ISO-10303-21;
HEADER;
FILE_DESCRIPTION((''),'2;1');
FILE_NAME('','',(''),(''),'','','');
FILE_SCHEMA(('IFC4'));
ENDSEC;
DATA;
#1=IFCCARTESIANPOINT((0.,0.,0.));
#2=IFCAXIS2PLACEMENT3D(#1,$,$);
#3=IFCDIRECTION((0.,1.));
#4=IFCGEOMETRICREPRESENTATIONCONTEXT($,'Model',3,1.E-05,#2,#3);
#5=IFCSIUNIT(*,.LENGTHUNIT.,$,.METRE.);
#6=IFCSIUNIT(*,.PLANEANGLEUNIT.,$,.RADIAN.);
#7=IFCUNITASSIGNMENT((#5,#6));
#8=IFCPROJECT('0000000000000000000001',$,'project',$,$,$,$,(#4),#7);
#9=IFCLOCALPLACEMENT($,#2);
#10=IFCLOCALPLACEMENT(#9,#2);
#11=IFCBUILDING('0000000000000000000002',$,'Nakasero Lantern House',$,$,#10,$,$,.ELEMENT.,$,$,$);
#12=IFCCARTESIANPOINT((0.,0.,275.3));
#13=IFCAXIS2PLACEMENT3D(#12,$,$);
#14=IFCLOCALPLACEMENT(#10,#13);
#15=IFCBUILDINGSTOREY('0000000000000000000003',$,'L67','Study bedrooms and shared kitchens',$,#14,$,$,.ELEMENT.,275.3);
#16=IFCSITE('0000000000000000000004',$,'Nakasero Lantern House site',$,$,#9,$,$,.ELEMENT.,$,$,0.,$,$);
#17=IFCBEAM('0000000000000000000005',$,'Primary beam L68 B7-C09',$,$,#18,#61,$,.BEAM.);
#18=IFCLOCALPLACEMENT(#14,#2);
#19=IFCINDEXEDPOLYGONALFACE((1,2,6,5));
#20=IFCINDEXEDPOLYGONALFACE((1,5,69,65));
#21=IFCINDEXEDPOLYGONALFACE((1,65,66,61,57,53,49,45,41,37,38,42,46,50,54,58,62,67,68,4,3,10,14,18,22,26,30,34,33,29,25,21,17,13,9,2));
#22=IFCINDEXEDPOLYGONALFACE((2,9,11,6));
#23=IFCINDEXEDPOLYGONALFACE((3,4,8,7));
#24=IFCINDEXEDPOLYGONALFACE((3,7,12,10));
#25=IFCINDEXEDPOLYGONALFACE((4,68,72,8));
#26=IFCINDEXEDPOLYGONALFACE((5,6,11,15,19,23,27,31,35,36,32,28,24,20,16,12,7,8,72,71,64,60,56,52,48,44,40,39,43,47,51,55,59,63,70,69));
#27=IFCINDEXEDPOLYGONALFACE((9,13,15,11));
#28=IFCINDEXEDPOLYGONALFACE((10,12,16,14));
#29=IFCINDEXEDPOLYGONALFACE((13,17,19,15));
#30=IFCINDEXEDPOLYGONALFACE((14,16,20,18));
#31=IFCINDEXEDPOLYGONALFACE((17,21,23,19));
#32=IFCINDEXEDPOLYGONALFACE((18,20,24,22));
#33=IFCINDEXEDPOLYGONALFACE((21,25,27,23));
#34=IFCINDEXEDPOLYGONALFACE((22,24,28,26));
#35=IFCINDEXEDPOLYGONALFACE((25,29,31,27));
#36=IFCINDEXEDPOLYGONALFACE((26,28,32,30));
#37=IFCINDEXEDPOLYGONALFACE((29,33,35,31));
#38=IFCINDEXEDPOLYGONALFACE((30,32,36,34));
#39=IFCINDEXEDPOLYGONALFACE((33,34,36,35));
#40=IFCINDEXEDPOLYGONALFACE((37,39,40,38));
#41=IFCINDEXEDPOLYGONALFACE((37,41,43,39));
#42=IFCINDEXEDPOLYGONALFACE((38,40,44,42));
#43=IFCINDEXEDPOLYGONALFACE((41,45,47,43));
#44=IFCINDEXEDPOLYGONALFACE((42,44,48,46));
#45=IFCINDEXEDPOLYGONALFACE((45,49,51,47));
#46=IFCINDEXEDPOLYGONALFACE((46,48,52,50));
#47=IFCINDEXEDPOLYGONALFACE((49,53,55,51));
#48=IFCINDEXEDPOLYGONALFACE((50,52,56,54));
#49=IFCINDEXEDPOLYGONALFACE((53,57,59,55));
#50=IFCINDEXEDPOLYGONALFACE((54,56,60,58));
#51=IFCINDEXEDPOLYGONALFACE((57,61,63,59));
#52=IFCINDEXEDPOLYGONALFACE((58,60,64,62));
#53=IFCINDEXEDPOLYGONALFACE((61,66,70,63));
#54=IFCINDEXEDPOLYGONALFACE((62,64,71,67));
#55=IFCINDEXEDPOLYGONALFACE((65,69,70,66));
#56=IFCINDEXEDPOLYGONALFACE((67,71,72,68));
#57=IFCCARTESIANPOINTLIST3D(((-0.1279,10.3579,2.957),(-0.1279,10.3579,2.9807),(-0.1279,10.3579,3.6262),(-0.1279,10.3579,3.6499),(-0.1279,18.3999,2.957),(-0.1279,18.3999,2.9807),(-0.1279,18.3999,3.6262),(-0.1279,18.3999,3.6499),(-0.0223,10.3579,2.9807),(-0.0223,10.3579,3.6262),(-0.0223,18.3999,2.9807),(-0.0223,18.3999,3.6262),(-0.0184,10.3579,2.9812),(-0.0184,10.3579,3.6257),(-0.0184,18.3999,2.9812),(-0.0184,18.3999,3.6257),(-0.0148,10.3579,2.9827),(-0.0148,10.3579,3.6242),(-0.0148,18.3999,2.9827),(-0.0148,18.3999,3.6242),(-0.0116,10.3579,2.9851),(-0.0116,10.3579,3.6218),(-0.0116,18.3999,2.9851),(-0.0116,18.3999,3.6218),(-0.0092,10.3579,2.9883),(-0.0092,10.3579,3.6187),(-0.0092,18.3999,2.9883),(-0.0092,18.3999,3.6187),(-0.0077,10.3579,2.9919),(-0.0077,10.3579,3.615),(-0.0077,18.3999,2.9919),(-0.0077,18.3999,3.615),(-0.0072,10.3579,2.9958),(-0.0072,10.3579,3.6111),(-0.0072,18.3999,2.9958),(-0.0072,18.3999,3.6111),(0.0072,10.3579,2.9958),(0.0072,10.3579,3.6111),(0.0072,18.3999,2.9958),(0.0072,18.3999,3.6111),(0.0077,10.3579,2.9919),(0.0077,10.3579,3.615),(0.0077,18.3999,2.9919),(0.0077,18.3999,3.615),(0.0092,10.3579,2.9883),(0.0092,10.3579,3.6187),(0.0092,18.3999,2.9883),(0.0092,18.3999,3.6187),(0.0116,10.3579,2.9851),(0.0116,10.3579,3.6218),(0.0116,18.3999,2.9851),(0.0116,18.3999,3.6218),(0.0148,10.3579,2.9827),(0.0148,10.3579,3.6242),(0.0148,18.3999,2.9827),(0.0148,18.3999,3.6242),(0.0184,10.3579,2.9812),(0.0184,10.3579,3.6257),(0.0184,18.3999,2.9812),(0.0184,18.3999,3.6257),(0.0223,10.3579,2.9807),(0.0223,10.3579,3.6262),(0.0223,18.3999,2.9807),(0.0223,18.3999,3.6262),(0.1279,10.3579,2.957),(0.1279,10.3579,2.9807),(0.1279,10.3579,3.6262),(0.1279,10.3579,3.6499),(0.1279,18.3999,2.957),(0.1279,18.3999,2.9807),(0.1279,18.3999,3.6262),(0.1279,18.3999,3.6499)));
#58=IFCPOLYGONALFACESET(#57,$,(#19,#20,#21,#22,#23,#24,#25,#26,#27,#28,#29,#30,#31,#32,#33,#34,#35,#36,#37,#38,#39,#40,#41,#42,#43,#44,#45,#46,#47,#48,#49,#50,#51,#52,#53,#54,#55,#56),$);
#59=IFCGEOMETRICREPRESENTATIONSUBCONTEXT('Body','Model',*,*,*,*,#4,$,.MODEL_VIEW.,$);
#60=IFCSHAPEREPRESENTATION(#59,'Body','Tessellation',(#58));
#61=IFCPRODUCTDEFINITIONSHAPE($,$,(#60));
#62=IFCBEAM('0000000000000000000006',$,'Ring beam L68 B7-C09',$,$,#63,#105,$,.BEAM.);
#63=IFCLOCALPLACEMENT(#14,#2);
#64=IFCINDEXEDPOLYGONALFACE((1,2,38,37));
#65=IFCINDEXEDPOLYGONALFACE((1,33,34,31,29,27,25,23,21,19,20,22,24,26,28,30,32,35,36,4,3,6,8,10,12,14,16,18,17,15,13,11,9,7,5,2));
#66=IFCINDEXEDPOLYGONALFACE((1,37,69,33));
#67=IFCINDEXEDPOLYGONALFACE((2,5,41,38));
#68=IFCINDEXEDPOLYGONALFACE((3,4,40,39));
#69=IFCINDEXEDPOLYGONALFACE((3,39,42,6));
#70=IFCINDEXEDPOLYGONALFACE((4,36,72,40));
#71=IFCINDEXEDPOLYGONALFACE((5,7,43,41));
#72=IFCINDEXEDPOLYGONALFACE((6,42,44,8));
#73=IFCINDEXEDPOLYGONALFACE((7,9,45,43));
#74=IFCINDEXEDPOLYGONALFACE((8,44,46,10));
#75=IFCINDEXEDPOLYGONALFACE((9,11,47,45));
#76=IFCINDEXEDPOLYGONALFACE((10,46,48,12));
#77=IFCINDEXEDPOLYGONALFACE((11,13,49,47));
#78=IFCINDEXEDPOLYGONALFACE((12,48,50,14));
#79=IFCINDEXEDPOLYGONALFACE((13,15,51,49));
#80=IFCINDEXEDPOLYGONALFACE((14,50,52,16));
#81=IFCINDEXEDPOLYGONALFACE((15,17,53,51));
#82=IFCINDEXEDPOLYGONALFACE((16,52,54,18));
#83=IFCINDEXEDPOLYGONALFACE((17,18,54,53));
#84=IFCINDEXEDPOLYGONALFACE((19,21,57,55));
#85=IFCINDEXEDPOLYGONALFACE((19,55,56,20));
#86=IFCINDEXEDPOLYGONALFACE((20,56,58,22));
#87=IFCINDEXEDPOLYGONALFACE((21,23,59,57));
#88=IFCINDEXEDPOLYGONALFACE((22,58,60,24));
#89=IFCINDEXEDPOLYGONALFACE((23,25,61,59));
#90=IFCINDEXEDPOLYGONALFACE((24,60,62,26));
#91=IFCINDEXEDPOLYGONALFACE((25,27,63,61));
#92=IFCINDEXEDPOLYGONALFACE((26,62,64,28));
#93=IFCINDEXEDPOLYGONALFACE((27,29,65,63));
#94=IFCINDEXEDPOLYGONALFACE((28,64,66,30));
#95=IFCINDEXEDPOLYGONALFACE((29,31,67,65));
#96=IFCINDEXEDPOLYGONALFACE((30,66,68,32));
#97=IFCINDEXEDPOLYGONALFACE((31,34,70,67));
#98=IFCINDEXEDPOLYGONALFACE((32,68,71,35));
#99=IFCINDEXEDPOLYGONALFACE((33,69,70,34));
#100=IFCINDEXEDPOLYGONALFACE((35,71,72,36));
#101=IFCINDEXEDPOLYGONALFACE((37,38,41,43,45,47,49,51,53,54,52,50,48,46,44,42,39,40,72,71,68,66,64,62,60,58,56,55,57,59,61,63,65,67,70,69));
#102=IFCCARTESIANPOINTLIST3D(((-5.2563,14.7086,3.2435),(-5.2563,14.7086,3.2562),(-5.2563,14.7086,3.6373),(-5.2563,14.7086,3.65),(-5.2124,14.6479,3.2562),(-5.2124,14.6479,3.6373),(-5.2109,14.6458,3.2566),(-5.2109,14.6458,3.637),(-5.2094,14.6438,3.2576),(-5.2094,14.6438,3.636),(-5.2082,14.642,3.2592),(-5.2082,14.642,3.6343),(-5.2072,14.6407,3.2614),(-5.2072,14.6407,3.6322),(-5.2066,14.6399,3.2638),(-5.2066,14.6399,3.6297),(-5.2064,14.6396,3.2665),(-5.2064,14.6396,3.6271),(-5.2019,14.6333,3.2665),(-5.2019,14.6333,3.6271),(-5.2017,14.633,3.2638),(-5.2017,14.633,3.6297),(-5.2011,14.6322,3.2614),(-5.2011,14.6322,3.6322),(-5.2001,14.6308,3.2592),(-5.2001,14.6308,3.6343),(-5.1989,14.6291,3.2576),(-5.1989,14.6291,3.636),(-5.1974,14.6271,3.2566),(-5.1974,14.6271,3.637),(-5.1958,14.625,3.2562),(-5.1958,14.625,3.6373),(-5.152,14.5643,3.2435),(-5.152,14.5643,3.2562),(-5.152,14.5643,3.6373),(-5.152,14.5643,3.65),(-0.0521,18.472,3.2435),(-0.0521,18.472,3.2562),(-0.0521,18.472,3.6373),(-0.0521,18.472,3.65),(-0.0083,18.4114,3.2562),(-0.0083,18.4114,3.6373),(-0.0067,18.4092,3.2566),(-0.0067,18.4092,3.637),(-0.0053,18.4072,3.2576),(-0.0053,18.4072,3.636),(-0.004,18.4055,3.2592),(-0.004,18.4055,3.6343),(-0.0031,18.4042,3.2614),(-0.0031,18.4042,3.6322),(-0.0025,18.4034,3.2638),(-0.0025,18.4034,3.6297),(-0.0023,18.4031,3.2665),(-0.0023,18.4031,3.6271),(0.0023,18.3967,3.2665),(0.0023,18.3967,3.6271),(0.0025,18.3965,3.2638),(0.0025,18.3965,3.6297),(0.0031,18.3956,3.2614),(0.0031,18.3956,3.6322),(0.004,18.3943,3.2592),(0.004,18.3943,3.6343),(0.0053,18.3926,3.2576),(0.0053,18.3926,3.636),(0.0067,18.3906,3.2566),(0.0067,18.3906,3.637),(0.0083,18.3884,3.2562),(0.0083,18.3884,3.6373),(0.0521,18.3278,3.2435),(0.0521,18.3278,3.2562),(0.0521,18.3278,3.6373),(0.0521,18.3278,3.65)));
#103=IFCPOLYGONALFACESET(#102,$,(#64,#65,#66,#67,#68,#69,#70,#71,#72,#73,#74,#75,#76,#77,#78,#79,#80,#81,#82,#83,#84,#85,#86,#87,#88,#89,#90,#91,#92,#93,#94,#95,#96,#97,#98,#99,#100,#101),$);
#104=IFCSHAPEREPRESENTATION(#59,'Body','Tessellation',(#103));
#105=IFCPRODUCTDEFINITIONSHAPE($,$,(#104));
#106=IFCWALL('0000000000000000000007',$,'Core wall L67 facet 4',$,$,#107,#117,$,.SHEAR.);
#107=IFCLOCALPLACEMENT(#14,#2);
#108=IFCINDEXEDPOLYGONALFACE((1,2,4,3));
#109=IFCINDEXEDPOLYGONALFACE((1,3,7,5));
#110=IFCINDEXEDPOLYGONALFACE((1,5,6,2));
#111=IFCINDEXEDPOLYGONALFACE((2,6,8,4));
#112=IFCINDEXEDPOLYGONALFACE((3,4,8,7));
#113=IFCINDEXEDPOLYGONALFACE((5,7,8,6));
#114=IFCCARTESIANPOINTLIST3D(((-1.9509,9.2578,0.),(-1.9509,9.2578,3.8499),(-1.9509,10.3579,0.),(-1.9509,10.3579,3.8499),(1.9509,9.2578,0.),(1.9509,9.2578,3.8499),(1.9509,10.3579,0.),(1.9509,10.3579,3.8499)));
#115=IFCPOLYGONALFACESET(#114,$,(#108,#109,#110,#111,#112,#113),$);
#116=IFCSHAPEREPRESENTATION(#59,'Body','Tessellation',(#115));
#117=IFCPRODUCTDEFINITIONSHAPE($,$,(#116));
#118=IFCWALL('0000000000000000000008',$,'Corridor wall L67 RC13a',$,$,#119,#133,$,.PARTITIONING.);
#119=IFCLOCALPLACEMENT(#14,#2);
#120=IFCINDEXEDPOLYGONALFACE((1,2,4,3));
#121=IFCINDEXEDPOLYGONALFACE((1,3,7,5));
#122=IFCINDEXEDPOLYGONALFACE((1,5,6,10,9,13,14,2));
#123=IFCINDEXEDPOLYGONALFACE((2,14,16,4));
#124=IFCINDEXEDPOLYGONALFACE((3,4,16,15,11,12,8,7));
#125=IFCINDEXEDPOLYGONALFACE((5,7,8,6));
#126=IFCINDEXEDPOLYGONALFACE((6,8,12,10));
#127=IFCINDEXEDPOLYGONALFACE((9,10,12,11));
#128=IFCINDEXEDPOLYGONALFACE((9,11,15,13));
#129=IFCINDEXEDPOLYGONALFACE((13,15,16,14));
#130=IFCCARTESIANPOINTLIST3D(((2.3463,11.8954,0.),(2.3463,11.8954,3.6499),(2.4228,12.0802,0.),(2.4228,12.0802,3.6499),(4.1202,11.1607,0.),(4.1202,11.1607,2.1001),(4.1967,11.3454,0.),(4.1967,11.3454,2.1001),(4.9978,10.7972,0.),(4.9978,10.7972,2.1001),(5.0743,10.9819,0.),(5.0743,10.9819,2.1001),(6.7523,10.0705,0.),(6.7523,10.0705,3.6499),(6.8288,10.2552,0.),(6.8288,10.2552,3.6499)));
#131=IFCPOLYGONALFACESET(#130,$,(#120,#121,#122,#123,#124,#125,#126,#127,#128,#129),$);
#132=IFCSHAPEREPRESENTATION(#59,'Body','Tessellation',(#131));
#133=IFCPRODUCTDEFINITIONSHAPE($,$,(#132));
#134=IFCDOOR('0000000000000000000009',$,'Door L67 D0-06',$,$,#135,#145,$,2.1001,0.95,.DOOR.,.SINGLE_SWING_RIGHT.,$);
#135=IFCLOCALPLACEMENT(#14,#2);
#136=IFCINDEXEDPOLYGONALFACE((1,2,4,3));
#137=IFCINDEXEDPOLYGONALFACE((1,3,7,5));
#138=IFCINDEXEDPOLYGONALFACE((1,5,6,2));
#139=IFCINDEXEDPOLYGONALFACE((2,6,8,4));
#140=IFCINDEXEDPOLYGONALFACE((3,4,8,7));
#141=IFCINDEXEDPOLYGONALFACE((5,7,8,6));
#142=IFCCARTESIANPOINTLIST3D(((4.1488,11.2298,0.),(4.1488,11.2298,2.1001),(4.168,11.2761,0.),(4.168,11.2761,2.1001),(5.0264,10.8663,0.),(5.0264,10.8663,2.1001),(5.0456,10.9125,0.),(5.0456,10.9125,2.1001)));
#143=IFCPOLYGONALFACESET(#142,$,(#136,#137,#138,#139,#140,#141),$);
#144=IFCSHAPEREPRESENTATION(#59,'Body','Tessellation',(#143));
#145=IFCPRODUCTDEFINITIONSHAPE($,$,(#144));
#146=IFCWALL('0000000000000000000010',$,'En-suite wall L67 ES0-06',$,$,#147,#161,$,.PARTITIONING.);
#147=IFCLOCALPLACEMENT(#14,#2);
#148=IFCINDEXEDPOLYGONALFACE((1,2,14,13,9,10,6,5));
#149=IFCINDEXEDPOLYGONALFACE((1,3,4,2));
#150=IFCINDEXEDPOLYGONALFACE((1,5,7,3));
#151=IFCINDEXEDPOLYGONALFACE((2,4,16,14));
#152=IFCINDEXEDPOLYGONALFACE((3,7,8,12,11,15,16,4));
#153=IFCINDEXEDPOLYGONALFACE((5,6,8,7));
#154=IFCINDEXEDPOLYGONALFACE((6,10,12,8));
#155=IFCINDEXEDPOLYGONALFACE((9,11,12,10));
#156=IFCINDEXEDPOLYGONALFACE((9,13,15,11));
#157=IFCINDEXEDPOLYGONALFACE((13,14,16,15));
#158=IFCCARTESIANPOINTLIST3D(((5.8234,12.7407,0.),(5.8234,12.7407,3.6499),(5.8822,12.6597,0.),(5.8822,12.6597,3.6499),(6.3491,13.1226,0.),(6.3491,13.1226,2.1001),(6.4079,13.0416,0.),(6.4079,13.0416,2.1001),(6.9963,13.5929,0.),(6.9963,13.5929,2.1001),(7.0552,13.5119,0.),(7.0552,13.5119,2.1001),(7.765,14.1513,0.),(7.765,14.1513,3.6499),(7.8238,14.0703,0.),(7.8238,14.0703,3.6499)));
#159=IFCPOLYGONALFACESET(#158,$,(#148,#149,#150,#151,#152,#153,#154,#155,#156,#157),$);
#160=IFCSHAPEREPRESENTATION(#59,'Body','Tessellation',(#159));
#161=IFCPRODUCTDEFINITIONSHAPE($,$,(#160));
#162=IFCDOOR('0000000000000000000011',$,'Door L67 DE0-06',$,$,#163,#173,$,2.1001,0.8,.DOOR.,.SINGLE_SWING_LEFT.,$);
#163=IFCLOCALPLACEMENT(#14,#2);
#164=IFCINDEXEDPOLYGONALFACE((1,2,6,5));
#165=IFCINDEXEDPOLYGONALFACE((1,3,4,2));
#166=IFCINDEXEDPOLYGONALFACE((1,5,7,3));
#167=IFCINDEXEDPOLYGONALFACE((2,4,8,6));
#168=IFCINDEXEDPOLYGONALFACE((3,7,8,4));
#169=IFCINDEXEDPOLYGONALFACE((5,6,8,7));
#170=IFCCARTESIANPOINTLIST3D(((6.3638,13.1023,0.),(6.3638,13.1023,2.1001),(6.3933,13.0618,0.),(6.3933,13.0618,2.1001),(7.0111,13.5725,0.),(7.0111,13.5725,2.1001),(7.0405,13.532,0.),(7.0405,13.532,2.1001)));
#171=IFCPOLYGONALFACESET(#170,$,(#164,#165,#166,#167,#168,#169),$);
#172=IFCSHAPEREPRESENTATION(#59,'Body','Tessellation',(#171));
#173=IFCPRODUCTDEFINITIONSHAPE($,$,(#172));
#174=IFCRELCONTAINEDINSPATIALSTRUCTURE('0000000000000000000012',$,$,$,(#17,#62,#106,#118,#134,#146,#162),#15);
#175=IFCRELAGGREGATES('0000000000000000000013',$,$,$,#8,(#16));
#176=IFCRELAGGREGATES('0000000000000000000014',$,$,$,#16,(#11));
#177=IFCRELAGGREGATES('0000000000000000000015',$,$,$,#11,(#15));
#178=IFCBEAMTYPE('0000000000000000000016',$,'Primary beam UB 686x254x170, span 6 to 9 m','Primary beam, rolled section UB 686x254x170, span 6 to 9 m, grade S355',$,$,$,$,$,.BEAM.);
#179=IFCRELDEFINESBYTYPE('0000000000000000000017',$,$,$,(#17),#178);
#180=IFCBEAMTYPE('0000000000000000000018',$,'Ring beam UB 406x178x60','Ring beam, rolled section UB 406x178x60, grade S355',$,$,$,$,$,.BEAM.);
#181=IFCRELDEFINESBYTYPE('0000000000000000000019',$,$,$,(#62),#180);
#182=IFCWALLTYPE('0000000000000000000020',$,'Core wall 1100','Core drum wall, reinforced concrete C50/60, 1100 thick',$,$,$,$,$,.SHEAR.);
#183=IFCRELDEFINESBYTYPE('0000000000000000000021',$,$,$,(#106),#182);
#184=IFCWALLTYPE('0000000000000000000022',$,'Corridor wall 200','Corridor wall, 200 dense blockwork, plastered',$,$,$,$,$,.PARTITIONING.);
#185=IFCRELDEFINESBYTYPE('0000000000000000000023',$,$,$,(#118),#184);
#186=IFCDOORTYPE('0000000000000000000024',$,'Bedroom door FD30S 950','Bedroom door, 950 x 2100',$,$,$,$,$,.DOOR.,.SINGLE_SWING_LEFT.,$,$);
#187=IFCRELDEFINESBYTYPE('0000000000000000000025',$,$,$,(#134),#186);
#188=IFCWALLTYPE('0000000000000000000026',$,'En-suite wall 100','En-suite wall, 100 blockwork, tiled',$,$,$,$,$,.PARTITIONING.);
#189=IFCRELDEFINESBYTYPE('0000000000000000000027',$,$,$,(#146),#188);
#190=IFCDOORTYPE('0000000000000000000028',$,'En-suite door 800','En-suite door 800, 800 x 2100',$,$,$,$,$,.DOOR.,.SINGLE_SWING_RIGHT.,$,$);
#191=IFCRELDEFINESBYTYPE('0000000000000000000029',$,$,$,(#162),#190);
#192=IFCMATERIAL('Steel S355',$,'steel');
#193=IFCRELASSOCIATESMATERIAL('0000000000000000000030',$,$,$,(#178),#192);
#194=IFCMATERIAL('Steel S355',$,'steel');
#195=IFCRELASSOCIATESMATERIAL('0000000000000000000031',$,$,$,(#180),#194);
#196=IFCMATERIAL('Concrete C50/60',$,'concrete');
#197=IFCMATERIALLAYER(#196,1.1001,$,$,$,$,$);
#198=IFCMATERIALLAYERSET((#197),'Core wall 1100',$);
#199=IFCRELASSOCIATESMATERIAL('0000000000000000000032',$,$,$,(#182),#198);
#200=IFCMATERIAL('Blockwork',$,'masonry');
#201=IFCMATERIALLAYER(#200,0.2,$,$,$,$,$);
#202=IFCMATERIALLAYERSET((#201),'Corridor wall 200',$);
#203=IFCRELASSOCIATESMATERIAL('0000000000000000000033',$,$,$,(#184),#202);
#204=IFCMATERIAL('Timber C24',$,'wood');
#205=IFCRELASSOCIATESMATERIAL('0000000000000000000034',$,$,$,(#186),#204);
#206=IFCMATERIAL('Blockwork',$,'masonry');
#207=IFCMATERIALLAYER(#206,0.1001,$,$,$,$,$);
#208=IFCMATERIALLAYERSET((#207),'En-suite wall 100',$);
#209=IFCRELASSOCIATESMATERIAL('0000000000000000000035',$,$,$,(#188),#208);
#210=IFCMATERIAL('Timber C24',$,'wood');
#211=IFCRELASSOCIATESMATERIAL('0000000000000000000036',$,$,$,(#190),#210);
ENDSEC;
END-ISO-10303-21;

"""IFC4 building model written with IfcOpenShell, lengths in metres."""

from ifc_helpers import new_model, si_unit, direction, frame, frame_2d, origin, origin_2d, place, context, subcontext, project, spatial, rectangle, i_section, extrude, material, layer, layer_set, material_profile, profile_set, type_object, element, fill, save


model = new_model("IFC4")

# Units and contexts
model_context = context("Model", 3, precision=1e-05, world=origin(), true_north=direction((0.0, 1.0)))
body_context = subcontext(model_context, "Body", "Model", "MODEL_VIEW")
ifc_project = project(units=[si_unit("LENGTHUNIT", "METRE"), si_unit("PLANEANGLEUNIT", "RADIAN")], contexts=[model_context])

# Site, building, storey
site_placement = place(None, origin())
site = spatial("IfcSite", under=ifc_project, at=site_placement, Name="Nakasero Lantern House site", CompositionType="ELEMENT", RefElevation=0.0)
building_placement = place(site_placement, origin())
building = spatial("IfcBuilding", under=site, at=building_placement, Name="Nakasero Lantern House", CompositionType="ELEMENT")
storey_placement = place(building_placement, frame((0.0, 0.0, 275.3)))
storey = spatial("IfcBuildingStorey", under=building, at=storey_placement, Name="L67", Description="Study bedrooms and shared kitchens", CompositionType="ELEMENT", Elevation=275.3)

# Beams
ifc_material_1 = material(Name="Steel S355", Category="steel")
ifc_material_profile_1 = material_profile(ifc_material_1, i_section(OverallWidth=0.2559, OverallDepth=0.6929, WebThickness=0.0144, FlangeThickness=0.0237, FilletRadius=0.0151, at=origin_2d()), Name="UB 686x254x170")
ifc_profile_set_1 = profile_set([ifc_material_profile_1], Name="Steel S355")
beam_type_1 = type_object("IfcBeamType", Name="Primary beam UB 686x254x170, span 6 to 9 m", Description="Primary beam, rolled section UB 686x254x170, span 6 to 9 m, grade S355", PredefinedType="BEAM", material=ifc_profile_set_1)
beam_1_placement = place(storey_placement, frame((0.0, 18.3999, 3.3035), z_axis=(0.0, -1.0, 0.0), x_axis=(1.0, 0.0, 0.0)))
element("IfcBeam", 1, at=beam_1_placement, inside=storey, type_object=beam_type_1, Name="Primary beam L68 B7-C09", PredefinedType="BEAM", context=body_context, shape_type="SweptSolid", body=[
    extrude(i_section(OverallWidth=0.2559, OverallDepth=0.6929, WebThickness=0.0144, FlangeThickness=0.0237, FilletRadius=0.0151, at=origin_2d()), origin(), (0.0, 0.0, 1.0), 8.042),
])
ifc_material_2 = material(Name="Steel S355", Category="steel")
ifc_material_profile_2 = material_profile(ifc_material_2, i_section(OverallWidth=0.178, OverallDepth=0.4065, WebThickness=0.0078, FlangeThickness=0.0127, FilletRadius=0.0103, at=origin_2d()), Name="UB 406x178x60")
ifc_profile_set_2 = profile_set([ifc_material_profile_2], Name="Steel S355")
beam_type_2 = type_object("IfcBeamType", Name="Ring beam UB 406x178x60", Description="Ring beam, rolled section UB 406x178x60, grade S355", PredefinedType="BEAM", material=ifc_profile_set_2)
beam_2_placement = place(storey_placement, frame((0.0, 18.3999, 3.4468), z_axis=(-0.810316, -0.585993, 0.0), x_axis=(0.585993, -0.810316, 0.0)))
element("IfcBeam", 2, at=beam_2_placement, inside=storey, type_object=beam_type_2, Name="Ring beam L68 B7-C09", PredefinedType="BEAM", context=body_context, shape_type="SweptSolid", body=[
    extrude(i_section(OverallWidth=0.178, OverallDepth=0.4065, WebThickness=0.0078, FlangeThickness=0.0127, FilletRadius=0.0103, at=origin_2d()), origin(), (0.0, 0.0, 1.0), 6.4224),
])

# Wall
ifc_material_3 = material(Name="Concrete C50/60", Category="concrete")
ifc_layer_1 = layer(ifc_material_3, 1.1001)
ifc_layer_set_1 = layer_set([ifc_layer_1], Name="Core wall 1100")
wall_type_1 = type_object("IfcWallType", Name="Core wall 1100", Description="Core drum wall, reinforced concrete C50/60, 1100 thick", PredefinedType="SHEAR", material=ifc_layer_set_1)
wall_1_placement = place(storey_placement, frame((1.9509, 9.8079, 0.0), z_axis=(0.0, 0.0, 1.0), x_axis=(-1.0, 0.0, 0.0)))
element("IfcWall", 3, at=wall_1_placement, inside=storey, type_object=wall_type_1, Name="Core wall L67 facet 4", PredefinedType="SHEAR", context=body_context, shape_type="SweptSolid", body=[
    extrude(rectangle(XDim=3.9019, YDim=1.1001, at=frame_2d((1.9509, 0.0))), origin(), (0.0, 0.0, 1.0), 3.8499),
])

# Walls, openings, doors
ifc_material_4 = material(Name="Blockwork", Category="masonry")
ifc_layer_2 = layer(ifc_material_4, 0.2)
ifc_layer_set_2 = layer_set([ifc_layer_2], Name="Corridor wall 200")
wall_type_2 = type_object("IfcWallType", Name="Corridor wall 200", Description="Corridor wall, 200 dense blockwork, plastered", PredefinedType="PARTITIONING", material=ifc_layer_set_2)
wall_2_placement = place(storey_placement, frame((2.3845, 11.9878, 0.0), z_axis=(0.0, 0.0, 1.0), x_axis=(0.923885, -0.38267, 0.0)))
wall_2 = element("IfcWall", 4, at=wall_2_placement, inside=storey, type_object=wall_type_2, Name="Corridor wall L67 RC13a", PredefinedType="PARTITIONING", context=body_context, shape_type="SweptSolid", body=[
    extrude(rectangle(XDim=4.769, YDim=0.2, at=frame_2d((2.3845, 0.0))), origin(), (0.0, 0.0, 1.0), 3.6499),
])
opening_1_placement = place(wall_2_placement, frame((1.9199, 0.0, 0.0)))
opening_1 = element("IfcOpeningElement", 5, at=opening_1_placement, cuts=wall_2, PredefinedType="OPENING", context=body_context, shape_type="SweptSolid", body=[
    extrude(rectangle(XDim=0.95, YDim=2.1001, at=frame_2d((0.4751, 1.05))), frame((0.0, 0.1199, 0.0), z_axis=(0.0, -1.0, 0.0), x_axis=(1.0, 0.0, 0.0)), (0.0, 0.0, 1.0), 0.24),
])
ifc_material_5 = material(Name="Timber C24", Category="wood")
door_type_1 = type_object("IfcDoorType", Name="Bedroom door FD30S 950", Description="Bedroom door, 950 x 2100", OperationType="SINGLE_SWING_LEFT", PredefinedType="DOOR", material=ifc_material_5)
door_1_placement = place(opening_1_placement, origin())
door_1 = element("IfcDoor", 6, at=door_1_placement, inside=storey, type_object=door_type_1, Name="Door L67 D0-06", OperationType="SINGLE_SWING_RIGHT", OverallHeight=2.1001, OverallWidth=0.95, PredefinedType="DOOR", context=body_context, shape_type="SweptSolid", body=[
    extrude(rectangle(XDim=0.95, YDim=2.1001, at=frame_2d((0.4751, 1.05))), frame((0.0, 0.0249, 0.0), z_axis=(0.0, -1.0, 0.0), x_axis=(1.0, 0.0, 0.0)), (0.0, 0.0, 1.0), 0.05),
])
fill(opening_1, door_1)
ifc_material_6 = material(Name="Blockwork", Category="masonry")
ifc_layer_3 = layer(ifc_material_6, 0.1001)
ifc_layer_set_3 = layer_set([ifc_layer_3], Name="En-suite wall 100")
wall_type_3 = type_object("IfcWallType", Name="En-suite wall 100", Description="En-suite wall, 100 blockwork, tiled", PredefinedType="PARTITIONING", material=ifc_layer_set_3)
wall_3_placement = place(storey_placement, frame((5.8528, 12.7002, 0.0), z_axis=(0.0, 0.0, 1.0), x_axis=(0.809026, 0.587772, 0.0)))
wall_3 = element("IfcWall", 7, at=wall_3_placement, inside=storey, type_object=wall_type_3, Name="En-suite wall L67 ES0-06", PredefinedType="PARTITIONING", context=body_context, shape_type="SweptSolid", body=[
    extrude(rectangle(XDim=2.3999, YDim=0.1001, at=frame_2d((1.2, 0.0))), origin(), (0.0, 0.0, 1.0), 3.6499),
])
opening_2_placement = place(wall_3_placement, frame((0.6499, 0.0, 0.0)))
opening_2 = element("IfcOpeningElement", 8, at=opening_2_placement, cuts=wall_3, PredefinedType="OPENING", context=body_context, shape_type="SweptSolid", body=[
    extrude(rectangle(XDim=0.8, YDim=2.1001, at=frame_2d((0.3999, 1.05))), frame((0.0, 0.0701, 0.0), z_axis=(0.0, -1.0, 0.0), x_axis=(1.0, 0.0, 0.0)), (0.0, 0.0, 1.0), 0.1401),
])
ifc_material_7 = material(Name="Timber C24", Category="wood")
door_type_2 = type_object("IfcDoorType", Name="En-suite door 800", Description="En-suite door 800, 800 x 2100", OperationType="SINGLE_SWING_RIGHT", PredefinedType="DOOR", material=ifc_material_7)
door_2_placement = place(opening_2_placement, origin())
door_2 = element("IfcDoor", 9, at=door_2_placement, inside=storey, type_object=door_type_2, Name="Door L67 DE0-06", OperationType="SINGLE_SWING_LEFT", OverallHeight=2.1001, OverallWidth=0.8, PredefinedType="DOOR", context=body_context, shape_type="SweptSolid", body=[
    extrude(rectangle(XDim=0.8, YDim=2.1001, at=frame_2d((0.3999, 1.05))), frame((0.0, 0.0249, 0.0), z_axis=(0.0, -1.0, 0.0), x_axis=(1.0, 0.0, 0.0)), (0.0, 0.0, 1.0), 0.05),
])
fill(opening_2, door_2)

save(model, "model.ifc")
